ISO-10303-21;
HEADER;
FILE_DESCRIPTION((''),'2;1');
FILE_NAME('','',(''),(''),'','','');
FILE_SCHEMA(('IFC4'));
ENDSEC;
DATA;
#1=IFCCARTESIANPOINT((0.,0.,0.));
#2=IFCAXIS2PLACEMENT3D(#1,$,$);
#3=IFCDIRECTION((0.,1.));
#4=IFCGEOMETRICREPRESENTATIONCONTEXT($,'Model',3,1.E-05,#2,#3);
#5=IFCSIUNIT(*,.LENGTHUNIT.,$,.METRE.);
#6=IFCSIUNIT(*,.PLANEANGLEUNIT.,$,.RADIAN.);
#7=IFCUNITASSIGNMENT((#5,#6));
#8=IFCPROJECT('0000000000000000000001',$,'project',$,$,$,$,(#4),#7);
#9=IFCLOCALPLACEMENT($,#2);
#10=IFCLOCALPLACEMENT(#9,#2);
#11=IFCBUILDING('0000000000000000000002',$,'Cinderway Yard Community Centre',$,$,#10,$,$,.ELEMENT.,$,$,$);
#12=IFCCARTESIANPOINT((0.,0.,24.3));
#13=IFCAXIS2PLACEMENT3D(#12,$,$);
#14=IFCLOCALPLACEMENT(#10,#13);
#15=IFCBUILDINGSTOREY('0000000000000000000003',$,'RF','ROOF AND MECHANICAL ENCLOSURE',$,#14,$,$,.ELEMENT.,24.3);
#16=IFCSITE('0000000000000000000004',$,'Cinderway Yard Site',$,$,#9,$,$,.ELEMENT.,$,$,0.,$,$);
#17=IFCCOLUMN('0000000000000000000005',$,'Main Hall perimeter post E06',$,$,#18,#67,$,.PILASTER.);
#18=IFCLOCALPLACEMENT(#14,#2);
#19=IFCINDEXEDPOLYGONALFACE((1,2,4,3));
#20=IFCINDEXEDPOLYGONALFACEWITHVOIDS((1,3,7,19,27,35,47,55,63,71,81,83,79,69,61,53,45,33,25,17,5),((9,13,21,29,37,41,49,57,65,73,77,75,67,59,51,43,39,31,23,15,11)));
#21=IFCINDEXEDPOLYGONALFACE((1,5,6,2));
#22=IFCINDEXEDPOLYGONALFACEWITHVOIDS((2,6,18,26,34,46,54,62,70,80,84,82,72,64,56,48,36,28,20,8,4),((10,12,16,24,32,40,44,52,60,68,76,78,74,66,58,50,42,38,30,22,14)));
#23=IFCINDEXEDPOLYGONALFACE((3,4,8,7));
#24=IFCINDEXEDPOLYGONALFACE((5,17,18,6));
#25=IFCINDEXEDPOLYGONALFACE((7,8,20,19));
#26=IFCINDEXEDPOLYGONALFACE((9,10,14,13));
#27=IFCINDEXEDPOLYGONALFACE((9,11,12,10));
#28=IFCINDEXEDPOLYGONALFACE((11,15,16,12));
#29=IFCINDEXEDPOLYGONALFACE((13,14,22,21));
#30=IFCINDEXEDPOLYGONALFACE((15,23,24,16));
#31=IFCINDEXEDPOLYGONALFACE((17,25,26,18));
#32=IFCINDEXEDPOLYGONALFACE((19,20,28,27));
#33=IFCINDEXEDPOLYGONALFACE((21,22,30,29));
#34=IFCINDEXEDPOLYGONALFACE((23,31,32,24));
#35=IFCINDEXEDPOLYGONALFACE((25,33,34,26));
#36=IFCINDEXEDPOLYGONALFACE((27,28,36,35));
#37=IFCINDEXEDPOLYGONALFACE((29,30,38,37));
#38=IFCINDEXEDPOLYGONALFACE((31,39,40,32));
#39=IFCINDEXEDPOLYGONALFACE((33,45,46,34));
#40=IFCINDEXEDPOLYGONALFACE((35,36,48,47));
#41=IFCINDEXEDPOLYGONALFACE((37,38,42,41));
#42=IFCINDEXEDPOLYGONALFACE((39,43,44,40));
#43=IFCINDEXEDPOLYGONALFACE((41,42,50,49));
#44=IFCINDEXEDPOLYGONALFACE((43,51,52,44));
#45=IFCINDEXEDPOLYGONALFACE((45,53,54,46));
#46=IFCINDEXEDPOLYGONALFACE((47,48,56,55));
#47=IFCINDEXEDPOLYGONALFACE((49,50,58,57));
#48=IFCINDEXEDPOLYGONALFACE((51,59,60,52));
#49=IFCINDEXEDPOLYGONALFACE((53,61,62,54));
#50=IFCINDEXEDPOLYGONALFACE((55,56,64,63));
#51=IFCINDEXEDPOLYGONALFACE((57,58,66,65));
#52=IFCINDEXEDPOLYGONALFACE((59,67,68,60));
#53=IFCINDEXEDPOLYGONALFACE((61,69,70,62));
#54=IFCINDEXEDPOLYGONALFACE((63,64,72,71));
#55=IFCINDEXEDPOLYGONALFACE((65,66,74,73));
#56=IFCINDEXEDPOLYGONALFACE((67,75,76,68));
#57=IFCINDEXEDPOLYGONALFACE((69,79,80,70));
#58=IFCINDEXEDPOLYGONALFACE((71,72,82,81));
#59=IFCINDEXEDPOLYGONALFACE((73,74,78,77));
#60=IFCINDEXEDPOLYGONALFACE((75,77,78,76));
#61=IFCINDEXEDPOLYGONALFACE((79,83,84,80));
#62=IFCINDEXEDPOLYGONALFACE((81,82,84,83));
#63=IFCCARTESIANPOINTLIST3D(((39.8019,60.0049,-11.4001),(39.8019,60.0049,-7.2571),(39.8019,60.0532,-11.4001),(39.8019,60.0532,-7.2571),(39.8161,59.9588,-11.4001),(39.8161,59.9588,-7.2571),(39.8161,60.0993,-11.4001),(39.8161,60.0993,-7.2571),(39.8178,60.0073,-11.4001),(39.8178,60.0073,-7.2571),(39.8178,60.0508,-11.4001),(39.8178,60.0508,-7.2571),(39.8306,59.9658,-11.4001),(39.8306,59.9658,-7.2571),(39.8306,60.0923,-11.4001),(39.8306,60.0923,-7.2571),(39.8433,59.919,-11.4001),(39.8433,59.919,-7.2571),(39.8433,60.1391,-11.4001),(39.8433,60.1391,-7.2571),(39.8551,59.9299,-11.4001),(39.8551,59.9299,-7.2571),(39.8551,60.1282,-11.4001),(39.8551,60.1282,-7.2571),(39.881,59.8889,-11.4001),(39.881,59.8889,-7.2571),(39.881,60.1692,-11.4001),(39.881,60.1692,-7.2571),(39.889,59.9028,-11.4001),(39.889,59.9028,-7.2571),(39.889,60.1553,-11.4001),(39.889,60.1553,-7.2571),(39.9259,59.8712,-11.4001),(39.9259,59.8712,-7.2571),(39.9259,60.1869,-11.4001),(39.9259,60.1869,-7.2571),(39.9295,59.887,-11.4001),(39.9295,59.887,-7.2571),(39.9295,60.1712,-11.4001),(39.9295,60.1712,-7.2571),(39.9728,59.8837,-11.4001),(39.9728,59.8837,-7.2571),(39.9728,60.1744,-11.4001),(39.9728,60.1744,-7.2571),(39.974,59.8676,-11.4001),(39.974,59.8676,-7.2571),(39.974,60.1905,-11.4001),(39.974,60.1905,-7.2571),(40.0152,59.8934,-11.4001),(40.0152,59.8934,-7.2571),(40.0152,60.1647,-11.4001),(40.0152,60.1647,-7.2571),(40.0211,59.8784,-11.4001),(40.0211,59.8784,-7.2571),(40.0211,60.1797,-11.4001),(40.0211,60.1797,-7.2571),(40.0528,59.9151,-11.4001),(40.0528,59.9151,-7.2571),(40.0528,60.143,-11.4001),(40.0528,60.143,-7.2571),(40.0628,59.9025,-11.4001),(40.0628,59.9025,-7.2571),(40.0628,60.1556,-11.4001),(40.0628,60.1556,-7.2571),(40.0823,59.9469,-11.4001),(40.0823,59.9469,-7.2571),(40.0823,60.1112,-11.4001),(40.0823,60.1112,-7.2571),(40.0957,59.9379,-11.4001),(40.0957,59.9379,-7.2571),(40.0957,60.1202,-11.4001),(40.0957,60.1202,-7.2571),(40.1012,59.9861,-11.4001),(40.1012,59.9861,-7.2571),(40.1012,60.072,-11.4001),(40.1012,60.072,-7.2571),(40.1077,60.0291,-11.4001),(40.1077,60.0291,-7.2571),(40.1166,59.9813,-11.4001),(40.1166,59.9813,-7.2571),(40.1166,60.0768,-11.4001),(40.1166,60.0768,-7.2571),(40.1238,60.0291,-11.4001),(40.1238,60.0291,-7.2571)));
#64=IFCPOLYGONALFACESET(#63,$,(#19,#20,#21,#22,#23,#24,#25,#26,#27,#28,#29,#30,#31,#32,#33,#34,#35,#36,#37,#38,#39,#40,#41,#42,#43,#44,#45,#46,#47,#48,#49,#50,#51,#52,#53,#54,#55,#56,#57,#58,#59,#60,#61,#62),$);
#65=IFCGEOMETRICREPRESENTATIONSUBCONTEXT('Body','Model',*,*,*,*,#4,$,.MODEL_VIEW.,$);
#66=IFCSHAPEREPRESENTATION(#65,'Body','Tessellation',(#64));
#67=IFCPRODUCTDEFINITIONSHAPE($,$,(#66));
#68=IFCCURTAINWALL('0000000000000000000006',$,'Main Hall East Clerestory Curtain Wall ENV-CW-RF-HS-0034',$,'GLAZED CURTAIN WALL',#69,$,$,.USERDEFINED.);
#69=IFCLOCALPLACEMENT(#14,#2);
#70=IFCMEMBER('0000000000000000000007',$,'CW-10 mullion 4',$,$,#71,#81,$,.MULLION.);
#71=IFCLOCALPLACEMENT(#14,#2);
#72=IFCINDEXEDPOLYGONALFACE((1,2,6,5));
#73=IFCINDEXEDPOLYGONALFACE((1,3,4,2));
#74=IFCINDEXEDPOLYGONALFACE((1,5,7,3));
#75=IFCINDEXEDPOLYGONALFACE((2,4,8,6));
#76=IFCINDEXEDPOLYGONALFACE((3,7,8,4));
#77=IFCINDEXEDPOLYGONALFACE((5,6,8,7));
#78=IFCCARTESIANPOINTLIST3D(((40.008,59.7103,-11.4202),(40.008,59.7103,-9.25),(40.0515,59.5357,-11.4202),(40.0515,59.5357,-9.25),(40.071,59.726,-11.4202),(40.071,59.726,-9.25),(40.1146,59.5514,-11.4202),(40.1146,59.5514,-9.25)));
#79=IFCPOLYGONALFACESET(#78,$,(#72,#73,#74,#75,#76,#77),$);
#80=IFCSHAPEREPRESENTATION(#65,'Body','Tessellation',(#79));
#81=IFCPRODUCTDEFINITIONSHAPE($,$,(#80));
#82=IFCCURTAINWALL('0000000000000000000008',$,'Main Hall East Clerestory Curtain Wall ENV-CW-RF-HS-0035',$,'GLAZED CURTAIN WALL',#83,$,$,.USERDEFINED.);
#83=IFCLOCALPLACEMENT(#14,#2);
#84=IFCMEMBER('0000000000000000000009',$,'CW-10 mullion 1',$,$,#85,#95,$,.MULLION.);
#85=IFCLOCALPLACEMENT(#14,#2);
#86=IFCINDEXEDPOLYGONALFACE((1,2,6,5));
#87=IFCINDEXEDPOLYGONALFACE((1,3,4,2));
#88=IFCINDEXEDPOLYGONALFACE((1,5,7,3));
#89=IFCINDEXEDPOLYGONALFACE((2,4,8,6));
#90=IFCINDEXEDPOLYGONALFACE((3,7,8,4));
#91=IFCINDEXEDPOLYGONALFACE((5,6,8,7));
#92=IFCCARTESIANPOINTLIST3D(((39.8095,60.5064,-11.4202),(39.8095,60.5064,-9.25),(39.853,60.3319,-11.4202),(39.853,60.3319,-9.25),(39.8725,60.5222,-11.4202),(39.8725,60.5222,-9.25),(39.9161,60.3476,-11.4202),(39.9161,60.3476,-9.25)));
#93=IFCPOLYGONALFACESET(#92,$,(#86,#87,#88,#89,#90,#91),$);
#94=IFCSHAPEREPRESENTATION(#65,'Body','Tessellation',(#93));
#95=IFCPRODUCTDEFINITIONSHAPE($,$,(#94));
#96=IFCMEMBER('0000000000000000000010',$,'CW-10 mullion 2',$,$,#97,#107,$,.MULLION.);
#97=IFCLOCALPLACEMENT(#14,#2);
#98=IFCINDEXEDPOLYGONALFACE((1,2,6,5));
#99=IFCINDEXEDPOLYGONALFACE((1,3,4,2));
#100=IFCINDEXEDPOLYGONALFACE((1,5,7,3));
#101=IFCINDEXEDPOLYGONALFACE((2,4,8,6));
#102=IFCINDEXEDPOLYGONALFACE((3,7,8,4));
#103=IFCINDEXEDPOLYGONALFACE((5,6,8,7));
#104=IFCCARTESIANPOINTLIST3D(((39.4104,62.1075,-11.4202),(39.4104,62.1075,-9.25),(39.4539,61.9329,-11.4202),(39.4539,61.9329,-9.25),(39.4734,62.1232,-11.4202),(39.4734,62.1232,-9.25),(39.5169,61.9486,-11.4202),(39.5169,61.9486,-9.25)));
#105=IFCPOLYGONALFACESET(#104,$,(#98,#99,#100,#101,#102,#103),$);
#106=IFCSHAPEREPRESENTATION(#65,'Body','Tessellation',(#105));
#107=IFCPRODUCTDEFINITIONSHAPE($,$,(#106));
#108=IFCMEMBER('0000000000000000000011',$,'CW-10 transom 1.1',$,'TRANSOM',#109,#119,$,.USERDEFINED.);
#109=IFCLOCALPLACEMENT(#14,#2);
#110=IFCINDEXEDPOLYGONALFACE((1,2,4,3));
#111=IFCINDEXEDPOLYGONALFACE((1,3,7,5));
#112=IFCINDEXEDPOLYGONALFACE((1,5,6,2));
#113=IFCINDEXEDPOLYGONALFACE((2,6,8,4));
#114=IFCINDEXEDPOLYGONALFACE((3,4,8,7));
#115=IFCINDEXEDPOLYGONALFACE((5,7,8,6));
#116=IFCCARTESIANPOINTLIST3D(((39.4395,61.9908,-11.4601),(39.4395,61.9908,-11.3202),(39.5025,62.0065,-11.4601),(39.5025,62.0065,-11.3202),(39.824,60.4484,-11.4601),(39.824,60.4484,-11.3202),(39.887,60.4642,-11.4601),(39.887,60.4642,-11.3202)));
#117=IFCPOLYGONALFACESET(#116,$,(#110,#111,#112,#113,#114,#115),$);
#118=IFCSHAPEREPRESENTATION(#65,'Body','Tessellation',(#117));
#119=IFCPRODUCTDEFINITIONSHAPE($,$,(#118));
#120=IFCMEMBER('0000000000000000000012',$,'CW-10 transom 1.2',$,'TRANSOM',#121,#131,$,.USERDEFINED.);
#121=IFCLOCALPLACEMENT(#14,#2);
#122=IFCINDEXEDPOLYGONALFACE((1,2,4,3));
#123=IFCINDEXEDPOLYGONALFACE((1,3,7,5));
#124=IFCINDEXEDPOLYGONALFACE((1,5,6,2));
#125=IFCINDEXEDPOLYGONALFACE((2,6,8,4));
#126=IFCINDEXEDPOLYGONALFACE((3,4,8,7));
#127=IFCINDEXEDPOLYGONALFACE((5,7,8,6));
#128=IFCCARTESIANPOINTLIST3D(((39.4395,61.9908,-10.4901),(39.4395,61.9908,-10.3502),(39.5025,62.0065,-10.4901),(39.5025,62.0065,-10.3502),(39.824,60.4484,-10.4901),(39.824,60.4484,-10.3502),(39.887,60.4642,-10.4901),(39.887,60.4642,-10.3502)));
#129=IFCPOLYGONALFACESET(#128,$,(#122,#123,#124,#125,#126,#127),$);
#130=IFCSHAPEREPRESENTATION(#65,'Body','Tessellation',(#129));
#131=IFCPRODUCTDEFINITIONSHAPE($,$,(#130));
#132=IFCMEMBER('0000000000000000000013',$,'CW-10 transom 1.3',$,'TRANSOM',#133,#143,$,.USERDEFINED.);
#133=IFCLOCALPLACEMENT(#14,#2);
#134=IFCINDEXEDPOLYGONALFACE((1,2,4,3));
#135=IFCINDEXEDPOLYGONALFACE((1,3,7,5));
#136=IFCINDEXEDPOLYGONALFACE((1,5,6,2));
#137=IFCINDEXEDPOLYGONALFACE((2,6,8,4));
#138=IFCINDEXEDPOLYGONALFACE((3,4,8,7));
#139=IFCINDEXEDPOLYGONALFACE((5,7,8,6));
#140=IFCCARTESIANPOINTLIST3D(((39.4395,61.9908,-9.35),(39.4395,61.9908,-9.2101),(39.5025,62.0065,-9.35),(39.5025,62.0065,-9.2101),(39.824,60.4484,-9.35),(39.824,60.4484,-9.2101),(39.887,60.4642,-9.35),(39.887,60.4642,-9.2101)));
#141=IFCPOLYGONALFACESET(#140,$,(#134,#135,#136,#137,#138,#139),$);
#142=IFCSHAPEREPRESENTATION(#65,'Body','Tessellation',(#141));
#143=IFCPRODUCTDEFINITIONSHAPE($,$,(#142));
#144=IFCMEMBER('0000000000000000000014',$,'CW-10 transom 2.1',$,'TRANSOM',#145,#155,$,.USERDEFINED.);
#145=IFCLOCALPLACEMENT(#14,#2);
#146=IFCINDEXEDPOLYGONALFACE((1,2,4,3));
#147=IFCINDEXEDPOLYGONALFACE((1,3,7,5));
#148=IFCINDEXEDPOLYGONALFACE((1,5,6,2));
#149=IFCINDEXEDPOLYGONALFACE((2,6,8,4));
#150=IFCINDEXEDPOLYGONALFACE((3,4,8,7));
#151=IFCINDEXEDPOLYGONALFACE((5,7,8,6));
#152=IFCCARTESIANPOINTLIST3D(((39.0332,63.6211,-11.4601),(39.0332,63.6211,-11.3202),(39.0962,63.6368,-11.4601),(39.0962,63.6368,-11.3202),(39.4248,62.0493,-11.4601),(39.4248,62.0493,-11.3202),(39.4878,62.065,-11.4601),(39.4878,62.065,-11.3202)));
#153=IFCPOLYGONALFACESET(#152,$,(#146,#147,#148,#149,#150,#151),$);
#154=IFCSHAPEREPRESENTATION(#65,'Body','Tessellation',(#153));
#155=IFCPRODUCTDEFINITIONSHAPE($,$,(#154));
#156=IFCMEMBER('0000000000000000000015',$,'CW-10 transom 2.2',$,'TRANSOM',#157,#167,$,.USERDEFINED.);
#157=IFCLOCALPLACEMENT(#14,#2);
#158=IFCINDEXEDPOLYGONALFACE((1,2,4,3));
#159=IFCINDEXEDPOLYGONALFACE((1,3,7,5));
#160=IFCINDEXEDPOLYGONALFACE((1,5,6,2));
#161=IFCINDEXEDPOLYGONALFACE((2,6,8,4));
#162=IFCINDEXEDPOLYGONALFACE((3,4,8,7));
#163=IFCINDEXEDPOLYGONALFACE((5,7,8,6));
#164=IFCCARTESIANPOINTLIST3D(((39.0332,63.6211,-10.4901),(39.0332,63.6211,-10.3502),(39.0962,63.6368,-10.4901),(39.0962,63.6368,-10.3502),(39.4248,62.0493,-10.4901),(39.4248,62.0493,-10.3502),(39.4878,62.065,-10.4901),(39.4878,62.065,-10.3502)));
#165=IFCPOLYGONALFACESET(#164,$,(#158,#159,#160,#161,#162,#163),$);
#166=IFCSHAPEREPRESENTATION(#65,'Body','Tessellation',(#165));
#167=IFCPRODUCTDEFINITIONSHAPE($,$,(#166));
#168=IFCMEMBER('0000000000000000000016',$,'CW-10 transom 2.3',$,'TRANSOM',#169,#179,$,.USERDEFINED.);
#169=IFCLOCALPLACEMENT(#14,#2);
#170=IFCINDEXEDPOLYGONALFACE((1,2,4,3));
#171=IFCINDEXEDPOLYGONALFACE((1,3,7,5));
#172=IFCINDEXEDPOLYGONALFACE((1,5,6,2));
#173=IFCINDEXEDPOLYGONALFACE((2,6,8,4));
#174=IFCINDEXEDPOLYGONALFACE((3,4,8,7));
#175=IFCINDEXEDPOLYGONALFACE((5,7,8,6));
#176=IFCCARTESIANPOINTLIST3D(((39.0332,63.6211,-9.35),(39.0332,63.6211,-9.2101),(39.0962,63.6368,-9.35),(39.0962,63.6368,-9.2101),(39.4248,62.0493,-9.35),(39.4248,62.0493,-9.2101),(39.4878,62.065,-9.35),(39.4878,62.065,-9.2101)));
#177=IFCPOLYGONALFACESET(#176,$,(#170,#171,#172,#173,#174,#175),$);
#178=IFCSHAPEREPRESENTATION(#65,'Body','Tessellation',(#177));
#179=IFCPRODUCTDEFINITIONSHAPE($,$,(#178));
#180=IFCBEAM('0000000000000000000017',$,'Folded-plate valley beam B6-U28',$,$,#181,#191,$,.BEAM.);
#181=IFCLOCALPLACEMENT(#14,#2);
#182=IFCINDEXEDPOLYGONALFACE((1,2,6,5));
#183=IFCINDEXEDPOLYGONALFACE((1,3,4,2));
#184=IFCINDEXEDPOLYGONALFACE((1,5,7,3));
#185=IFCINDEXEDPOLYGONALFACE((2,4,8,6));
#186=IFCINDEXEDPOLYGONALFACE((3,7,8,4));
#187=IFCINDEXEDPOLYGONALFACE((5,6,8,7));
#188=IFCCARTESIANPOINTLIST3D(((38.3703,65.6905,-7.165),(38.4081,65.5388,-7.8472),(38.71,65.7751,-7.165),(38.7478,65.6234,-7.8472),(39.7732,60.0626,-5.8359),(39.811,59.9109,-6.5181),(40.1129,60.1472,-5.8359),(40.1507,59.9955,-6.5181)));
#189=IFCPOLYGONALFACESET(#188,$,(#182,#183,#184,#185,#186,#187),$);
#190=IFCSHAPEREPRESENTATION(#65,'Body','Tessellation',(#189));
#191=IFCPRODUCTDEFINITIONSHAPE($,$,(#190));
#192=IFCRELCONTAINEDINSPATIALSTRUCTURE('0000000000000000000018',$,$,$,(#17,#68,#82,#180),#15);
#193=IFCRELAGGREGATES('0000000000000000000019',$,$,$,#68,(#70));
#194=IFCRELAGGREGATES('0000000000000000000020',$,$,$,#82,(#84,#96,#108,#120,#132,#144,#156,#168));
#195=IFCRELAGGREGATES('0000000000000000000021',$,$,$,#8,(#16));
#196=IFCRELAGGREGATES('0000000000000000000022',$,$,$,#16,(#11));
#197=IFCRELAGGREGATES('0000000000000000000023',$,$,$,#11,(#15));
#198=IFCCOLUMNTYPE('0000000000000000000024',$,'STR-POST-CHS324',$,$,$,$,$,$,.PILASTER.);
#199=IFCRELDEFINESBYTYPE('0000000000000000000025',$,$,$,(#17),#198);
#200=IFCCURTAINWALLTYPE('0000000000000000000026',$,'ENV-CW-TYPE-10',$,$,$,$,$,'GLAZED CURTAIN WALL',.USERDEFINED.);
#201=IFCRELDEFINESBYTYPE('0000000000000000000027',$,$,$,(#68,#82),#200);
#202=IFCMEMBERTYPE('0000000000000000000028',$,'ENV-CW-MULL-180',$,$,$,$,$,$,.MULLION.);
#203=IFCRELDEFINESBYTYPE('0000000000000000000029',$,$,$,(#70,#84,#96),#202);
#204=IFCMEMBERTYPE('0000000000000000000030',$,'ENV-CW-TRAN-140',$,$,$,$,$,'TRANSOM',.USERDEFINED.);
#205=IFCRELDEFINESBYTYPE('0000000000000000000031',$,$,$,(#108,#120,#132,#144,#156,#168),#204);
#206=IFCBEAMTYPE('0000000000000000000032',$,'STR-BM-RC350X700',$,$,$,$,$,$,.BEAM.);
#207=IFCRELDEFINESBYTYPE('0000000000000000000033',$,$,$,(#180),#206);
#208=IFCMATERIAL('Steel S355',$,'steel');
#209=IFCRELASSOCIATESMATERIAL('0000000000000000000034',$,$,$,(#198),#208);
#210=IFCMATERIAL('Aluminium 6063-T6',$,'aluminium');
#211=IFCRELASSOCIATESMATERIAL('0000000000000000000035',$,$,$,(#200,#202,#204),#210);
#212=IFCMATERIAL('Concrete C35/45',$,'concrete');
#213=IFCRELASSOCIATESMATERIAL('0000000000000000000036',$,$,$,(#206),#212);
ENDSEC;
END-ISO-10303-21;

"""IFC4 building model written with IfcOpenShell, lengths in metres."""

from ifc_helpers import new_model, si_unit, direction, frame, origin, origin_2d, place, context, subcontext, project, spatial, rectangle, hollow_circle, extrude, material, material_profile, profile_set, type_object, element, aggregate, save


model = new_model("IFC4")

# Units and contexts
model_context = context("Model", 3, precision=1e-05, world=origin(), true_north=direction((0.0, 1.0)))
body_context = subcontext(model_context, "Body", "Model", "MODEL_VIEW")
ifc_project = project(units=[si_unit("LENGTHUNIT", "METRE"), si_unit("PLANEANGLEUNIT", "RADIAN")], contexts=[model_context])

# Site, building, storey
site_placement = place(None, origin())
site = spatial("IfcSite", under=ifc_project, at=site_placement, Name="Cinderway Yard Site", CompositionType="ELEMENT", RefElevation=0.0)
building_placement = place(site_placement, origin())
building = spatial("IfcBuilding", under=site, at=building_placement, Name="Cinderway Yard Community Centre", CompositionType="ELEMENT")
storey_placement = place(building_placement, frame((0.0, 0.0, 24.3)))
storey = spatial("IfcBuildingStorey", under=building, at=storey_placement, Name="RF", Description="ROOF AND MECHANICAL ENCLOSURE", CompositionType="ELEMENT", Elevation=24.3)

# Column
ifc_material_1 = material(Name="Steel S355", Category="steel")
ifc_material_profile_1 = material_profile(ifc_material_1, hollow_circle(Radius=0.1619, WallThickness=0.0161, at=origin_2d()), Name="Steel S355")
ifc_profile_set_1 = profile_set([ifc_material_profile_1], Name="Steel S355")
column_type = type_object("IfcColumnType", Name="STR-POST-CHS324", PredefinedType="PILASTER", material=ifc_profile_set_1)
column_placement = place(storey_placement, frame((39.9619, 60.0291, -11.4001), z_axis=(0.0, 0.0, 1.0), x_axis=(1.0, 0.0, 0.0)))
element("IfcColumn", 1, at=column_placement, inside=storey, type_object=column_type, Name="Main Hall perimeter post E06", PredefinedType="PILASTER", context=body_context, shape_type="SweptSolid", body=[
    extrude(hollow_circle(Radius=0.1619, WallThickness=0.0161, at=origin_2d()), origin(), (0.0, 0.0, 1.0), 4.1431),
])

# Curtain wall, member
ifc_material_2 = material(Name="Aluminium 6063-T6", Category="aluminium")
curtain_wall_type = type_object("IfcCurtainWallType", Name="ENV-CW-TYPE-10", ElementType="GLAZED CURTAIN WALL", PredefinedType="USERDEFINED", material=ifc_material_2)
curtain_wall_1_placement = place(storey_placement, origin())
curtain_wall_1 = element("IfcCurtainWall", 2, at=curtain_wall_1_placement, inside=storey, type_object=curtain_wall_type, Name="Main Hall East Clerestory Curtain Wall ENV-CW-RF-HS-0034", ObjectType="GLAZED CURTAIN WALL", PredefinedType="USERDEFINED")
ifc_material_profile_2 = material_profile(ifc_material_2, rectangle(XDim=0.0649, YDim=0.1799, at=origin_2d()), Name="Aluminium 6063-T6")
ifc_profile_set_2 = profile_set([ifc_material_profile_2], Name="Aluminium 6063-T6")
member_type_1 = type_object("IfcMemberType", Name="ENV-CW-MULL-180", PredefinedType="MULLION", material=ifc_profile_set_2)
member_1_placement = place(storey_placement, frame((40.0613, 59.6309, -11.4202), z_axis=(0.0, 0.0, 1.0), x_axis=(-0.970294, -0.241929, 0.0)))
member_1 = element("IfcMember", 3, at=member_1_placement, type_object=member_type_1, Name="CW-10 mullion 4", PredefinedType="MULLION", context=body_context, shape_type="SweptSolid", body=[
    extrude(rectangle(XDim=0.0649, YDim=0.1799, at=origin_2d()), origin(), (0.0, 0.0, 1.0), 2.1702),
])
aggregate(curtain_wall_1, [member_1])

# Curtain wall, members
curtain_wall_2_placement = place(storey_placement, origin())
curtain_wall_2 = element("IfcCurtainWall", 4, at=curtain_wall_2_placement, inside=storey, type_object=curtain_wall_type, Name="Main Hall East Clerestory Curtain Wall ENV-CW-RF-HS-0035", ObjectType="GLAZED CURTAIN WALL", PredefinedType="USERDEFINED")
member_2_placement = place(storey_placement, frame((39.8628, 60.427, -11.4202), z_axis=(0.0, 0.0, 1.0), x_axis=(-0.970306, -0.241882, 0.0)))
member_2 = element("IfcMember", 5, at=member_2_placement, type_object=member_type_1, Name="CW-10 mullion 1", PredefinedType="MULLION", context=body_context, shape_type="SweptSolid", body=[
    extrude(rectangle(XDim=0.0649, YDim=0.1799, at=origin_2d()), origin(), (0.0, 0.0, 1.0), 2.1702),
])
member_3_placement = place(storey_placement, frame((39.4636, 62.0281, -11.4202), z_axis=(0.0, 0.0, 1.0), x_axis=(-0.970306, -0.241882, 0.0)))
member_3 = element("IfcMember", 6, at=member_3_placement, type_object=member_type_1, Name="CW-10 mullion 2", PredefinedType="MULLION", context=body_context, shape_type="SweptSolid", body=[
    extrude(rectangle(XDim=0.0649, YDim=0.1799, at=origin_2d()), origin(), (0.0, 0.0, 1.0), 2.1702),
])
ifc_material_profile_3 = material_profile(ifc_material_2, rectangle(XDim=0.0649, YDim=0.1399, at=origin_2d()), Name="Aluminium 6063-T6")
ifc_profile_set_3 = profile_set([ifc_material_profile_3], Name="Aluminium 6063-T6")
member_type_2 = type_object("IfcMemberType", Name="ENV-CW-TRAN-140", ElementType="TRANSOM", PredefinedType="USERDEFINED", material=ifc_profile_set_3)
member_4_placement = place(storey_placement, frame((39.8555, 60.4563, -11.3901), z_axis=(-0.241885, 0.970305, 0.0), x_axis=(-0.970305, -0.241885, 0.0)))
member_4 = element("IfcMember", 7, at=member_4_placement, type_object=member_type_2, Name="CW-10 transom 1.1", ObjectType="TRANSOM", PredefinedType="USERDEFINED", context=body_context, shape_type="SweptSolid", body=[
    extrude(rectangle(XDim=0.0649, YDim=0.1399, at=origin_2d()), origin(), (0.0, 0.0, 1.0), 1.5896),
])
member_5_placement = place(storey_placement, frame((39.8555, 60.4563, -10.4202), z_axis=(-0.241885, 0.970305, 0.0), x_axis=(-0.970305, -0.241885, 0.0)))
member_5 = element("IfcMember", 8, at=member_5_placement, type_object=member_type_2, Name="CW-10 transom 1.2", ObjectType="TRANSOM", PredefinedType="USERDEFINED", context=body_context, shape_type="SweptSolid", body=[
    extrude(rectangle(XDim=0.0649, YDim=0.1399, at=origin_2d()), origin(), (0.0, 0.0, 1.0), 1.5896),
])
member_6_placement = place(storey_placement, frame((39.8555, 60.4563, -9.28), z_axis=(-0.241885, 0.970305, 0.0), x_axis=(-0.970305, -0.241885, 0.0)))
member_6 = element("IfcMember", 9, at=member_6_placement, type_object=member_type_2, Name="CW-10 transom 1.3", ObjectType="TRANSOM", PredefinedType="USERDEFINED", context=body_context, shape_type="SweptSolid", body=[
    extrude(rectangle(XDim=0.0649, YDim=0.1399, at=origin_2d()), origin(), (0.0, 0.0, 1.0), 1.5896),
])
member_7_placement = place(storey_placement, frame((39.4563, 62.0571, -11.3901), z_axis=(-0.241755, 0.970337, 0.0), x_axis=(-0.970337, -0.241755, 0.0)))
member_7 = element("IfcMember", 10, at=member_7_placement, type_object=member_type_2, Name="CW-10 transom 2.1", ObjectType="TRANSOM", PredefinedType="USERDEFINED", context=body_context, shape_type="SweptSolid", body=[
    extrude(rectangle(XDim=0.0649, YDim=0.1399, at=origin_2d()), origin(), (0.0, 0.0, 1.0), 1.6199),
])
member_8_placement = place(storey_placement, frame((39.4563, 62.0571, -10.4202), z_axis=(-0.241755, 0.970337, 0.0), x_axis=(-0.970337, -0.241755, 0.0)))
member_8 = element("IfcMember", 11, at=member_8_placement, type_object=member_type_2, Name="CW-10 transom 2.2", ObjectType="TRANSOM", PredefinedType="USERDEFINED", context=body_context, shape_type="SweptSolid", body=[
    extrude(rectangle(XDim=0.0649, YDim=0.1399, at=origin_2d()), origin(), (0.0, 0.0, 1.0), 1.6199),
])
member_9_placement = place(storey_placement, frame((39.4563, 62.0571, -9.28), z_axis=(-0.241755, 0.970337, 0.0), x_axis=(-0.970337, -0.241755, 0.0)))
member_9 = element("IfcMember", 12, at=member_9_placement, type_object=member_type_2, Name="CW-10 transom 2.3", ObjectType="TRANSOM", PredefinedType="USERDEFINED", context=body_context, shape_type="SweptSolid", body=[
    extrude(rectangle(XDim=0.0649, YDim=0.1399, at=origin_2d()), origin(), (0.0, 0.0, 1.0), 1.6199),
])

# Beam
ifc_material_3 = material(Name="Concrete C35/45", Category="concrete")
ifc_material_profile_4 = material_profile(ifc_material_3, rectangle(XDim=0.3501, YDim=0.7, at=origin_2d()), Name="Concrete C35/45")
ifc_profile_set_4 = profile_set([ifc_material_profile_4], Name="Concrete C35/45")
beam_type_1 = type_object("IfcBeamType", Name="STR-BM-RC350X700", PredefinedType="BEAM", material=ifc_profile_set_4)
for number, where, z_axis, x_axis, name in (
    (13, (39.9619, 60.0291, -6.177), (-0.235752, 0.945797, -0.223361), (-0.970311, -0.241862, 0.0), "Folded-plate valley beam B6-U28"),
):
    element("IfcBeam", number, at=place(storey_placement, frame(where, z_axis=z_axis, x_axis=x_axis)), inside=storey, type_object=beam_type_1, Name=name, PredefinedType="BEAM", context=body_context, shape_type="SweptSolid", body=[
        extrude(rectangle(XDim=0.3501, YDim=0.7, at=origin_2d()), origin(), (0.0, 0.0, 1.0), 5.9504),
    ])

aggregate(curtain_wall_2, [member_2, member_3, member_4, member_5, member_6, member_7, member_8, member_9])

save(model, "model.ifc")
